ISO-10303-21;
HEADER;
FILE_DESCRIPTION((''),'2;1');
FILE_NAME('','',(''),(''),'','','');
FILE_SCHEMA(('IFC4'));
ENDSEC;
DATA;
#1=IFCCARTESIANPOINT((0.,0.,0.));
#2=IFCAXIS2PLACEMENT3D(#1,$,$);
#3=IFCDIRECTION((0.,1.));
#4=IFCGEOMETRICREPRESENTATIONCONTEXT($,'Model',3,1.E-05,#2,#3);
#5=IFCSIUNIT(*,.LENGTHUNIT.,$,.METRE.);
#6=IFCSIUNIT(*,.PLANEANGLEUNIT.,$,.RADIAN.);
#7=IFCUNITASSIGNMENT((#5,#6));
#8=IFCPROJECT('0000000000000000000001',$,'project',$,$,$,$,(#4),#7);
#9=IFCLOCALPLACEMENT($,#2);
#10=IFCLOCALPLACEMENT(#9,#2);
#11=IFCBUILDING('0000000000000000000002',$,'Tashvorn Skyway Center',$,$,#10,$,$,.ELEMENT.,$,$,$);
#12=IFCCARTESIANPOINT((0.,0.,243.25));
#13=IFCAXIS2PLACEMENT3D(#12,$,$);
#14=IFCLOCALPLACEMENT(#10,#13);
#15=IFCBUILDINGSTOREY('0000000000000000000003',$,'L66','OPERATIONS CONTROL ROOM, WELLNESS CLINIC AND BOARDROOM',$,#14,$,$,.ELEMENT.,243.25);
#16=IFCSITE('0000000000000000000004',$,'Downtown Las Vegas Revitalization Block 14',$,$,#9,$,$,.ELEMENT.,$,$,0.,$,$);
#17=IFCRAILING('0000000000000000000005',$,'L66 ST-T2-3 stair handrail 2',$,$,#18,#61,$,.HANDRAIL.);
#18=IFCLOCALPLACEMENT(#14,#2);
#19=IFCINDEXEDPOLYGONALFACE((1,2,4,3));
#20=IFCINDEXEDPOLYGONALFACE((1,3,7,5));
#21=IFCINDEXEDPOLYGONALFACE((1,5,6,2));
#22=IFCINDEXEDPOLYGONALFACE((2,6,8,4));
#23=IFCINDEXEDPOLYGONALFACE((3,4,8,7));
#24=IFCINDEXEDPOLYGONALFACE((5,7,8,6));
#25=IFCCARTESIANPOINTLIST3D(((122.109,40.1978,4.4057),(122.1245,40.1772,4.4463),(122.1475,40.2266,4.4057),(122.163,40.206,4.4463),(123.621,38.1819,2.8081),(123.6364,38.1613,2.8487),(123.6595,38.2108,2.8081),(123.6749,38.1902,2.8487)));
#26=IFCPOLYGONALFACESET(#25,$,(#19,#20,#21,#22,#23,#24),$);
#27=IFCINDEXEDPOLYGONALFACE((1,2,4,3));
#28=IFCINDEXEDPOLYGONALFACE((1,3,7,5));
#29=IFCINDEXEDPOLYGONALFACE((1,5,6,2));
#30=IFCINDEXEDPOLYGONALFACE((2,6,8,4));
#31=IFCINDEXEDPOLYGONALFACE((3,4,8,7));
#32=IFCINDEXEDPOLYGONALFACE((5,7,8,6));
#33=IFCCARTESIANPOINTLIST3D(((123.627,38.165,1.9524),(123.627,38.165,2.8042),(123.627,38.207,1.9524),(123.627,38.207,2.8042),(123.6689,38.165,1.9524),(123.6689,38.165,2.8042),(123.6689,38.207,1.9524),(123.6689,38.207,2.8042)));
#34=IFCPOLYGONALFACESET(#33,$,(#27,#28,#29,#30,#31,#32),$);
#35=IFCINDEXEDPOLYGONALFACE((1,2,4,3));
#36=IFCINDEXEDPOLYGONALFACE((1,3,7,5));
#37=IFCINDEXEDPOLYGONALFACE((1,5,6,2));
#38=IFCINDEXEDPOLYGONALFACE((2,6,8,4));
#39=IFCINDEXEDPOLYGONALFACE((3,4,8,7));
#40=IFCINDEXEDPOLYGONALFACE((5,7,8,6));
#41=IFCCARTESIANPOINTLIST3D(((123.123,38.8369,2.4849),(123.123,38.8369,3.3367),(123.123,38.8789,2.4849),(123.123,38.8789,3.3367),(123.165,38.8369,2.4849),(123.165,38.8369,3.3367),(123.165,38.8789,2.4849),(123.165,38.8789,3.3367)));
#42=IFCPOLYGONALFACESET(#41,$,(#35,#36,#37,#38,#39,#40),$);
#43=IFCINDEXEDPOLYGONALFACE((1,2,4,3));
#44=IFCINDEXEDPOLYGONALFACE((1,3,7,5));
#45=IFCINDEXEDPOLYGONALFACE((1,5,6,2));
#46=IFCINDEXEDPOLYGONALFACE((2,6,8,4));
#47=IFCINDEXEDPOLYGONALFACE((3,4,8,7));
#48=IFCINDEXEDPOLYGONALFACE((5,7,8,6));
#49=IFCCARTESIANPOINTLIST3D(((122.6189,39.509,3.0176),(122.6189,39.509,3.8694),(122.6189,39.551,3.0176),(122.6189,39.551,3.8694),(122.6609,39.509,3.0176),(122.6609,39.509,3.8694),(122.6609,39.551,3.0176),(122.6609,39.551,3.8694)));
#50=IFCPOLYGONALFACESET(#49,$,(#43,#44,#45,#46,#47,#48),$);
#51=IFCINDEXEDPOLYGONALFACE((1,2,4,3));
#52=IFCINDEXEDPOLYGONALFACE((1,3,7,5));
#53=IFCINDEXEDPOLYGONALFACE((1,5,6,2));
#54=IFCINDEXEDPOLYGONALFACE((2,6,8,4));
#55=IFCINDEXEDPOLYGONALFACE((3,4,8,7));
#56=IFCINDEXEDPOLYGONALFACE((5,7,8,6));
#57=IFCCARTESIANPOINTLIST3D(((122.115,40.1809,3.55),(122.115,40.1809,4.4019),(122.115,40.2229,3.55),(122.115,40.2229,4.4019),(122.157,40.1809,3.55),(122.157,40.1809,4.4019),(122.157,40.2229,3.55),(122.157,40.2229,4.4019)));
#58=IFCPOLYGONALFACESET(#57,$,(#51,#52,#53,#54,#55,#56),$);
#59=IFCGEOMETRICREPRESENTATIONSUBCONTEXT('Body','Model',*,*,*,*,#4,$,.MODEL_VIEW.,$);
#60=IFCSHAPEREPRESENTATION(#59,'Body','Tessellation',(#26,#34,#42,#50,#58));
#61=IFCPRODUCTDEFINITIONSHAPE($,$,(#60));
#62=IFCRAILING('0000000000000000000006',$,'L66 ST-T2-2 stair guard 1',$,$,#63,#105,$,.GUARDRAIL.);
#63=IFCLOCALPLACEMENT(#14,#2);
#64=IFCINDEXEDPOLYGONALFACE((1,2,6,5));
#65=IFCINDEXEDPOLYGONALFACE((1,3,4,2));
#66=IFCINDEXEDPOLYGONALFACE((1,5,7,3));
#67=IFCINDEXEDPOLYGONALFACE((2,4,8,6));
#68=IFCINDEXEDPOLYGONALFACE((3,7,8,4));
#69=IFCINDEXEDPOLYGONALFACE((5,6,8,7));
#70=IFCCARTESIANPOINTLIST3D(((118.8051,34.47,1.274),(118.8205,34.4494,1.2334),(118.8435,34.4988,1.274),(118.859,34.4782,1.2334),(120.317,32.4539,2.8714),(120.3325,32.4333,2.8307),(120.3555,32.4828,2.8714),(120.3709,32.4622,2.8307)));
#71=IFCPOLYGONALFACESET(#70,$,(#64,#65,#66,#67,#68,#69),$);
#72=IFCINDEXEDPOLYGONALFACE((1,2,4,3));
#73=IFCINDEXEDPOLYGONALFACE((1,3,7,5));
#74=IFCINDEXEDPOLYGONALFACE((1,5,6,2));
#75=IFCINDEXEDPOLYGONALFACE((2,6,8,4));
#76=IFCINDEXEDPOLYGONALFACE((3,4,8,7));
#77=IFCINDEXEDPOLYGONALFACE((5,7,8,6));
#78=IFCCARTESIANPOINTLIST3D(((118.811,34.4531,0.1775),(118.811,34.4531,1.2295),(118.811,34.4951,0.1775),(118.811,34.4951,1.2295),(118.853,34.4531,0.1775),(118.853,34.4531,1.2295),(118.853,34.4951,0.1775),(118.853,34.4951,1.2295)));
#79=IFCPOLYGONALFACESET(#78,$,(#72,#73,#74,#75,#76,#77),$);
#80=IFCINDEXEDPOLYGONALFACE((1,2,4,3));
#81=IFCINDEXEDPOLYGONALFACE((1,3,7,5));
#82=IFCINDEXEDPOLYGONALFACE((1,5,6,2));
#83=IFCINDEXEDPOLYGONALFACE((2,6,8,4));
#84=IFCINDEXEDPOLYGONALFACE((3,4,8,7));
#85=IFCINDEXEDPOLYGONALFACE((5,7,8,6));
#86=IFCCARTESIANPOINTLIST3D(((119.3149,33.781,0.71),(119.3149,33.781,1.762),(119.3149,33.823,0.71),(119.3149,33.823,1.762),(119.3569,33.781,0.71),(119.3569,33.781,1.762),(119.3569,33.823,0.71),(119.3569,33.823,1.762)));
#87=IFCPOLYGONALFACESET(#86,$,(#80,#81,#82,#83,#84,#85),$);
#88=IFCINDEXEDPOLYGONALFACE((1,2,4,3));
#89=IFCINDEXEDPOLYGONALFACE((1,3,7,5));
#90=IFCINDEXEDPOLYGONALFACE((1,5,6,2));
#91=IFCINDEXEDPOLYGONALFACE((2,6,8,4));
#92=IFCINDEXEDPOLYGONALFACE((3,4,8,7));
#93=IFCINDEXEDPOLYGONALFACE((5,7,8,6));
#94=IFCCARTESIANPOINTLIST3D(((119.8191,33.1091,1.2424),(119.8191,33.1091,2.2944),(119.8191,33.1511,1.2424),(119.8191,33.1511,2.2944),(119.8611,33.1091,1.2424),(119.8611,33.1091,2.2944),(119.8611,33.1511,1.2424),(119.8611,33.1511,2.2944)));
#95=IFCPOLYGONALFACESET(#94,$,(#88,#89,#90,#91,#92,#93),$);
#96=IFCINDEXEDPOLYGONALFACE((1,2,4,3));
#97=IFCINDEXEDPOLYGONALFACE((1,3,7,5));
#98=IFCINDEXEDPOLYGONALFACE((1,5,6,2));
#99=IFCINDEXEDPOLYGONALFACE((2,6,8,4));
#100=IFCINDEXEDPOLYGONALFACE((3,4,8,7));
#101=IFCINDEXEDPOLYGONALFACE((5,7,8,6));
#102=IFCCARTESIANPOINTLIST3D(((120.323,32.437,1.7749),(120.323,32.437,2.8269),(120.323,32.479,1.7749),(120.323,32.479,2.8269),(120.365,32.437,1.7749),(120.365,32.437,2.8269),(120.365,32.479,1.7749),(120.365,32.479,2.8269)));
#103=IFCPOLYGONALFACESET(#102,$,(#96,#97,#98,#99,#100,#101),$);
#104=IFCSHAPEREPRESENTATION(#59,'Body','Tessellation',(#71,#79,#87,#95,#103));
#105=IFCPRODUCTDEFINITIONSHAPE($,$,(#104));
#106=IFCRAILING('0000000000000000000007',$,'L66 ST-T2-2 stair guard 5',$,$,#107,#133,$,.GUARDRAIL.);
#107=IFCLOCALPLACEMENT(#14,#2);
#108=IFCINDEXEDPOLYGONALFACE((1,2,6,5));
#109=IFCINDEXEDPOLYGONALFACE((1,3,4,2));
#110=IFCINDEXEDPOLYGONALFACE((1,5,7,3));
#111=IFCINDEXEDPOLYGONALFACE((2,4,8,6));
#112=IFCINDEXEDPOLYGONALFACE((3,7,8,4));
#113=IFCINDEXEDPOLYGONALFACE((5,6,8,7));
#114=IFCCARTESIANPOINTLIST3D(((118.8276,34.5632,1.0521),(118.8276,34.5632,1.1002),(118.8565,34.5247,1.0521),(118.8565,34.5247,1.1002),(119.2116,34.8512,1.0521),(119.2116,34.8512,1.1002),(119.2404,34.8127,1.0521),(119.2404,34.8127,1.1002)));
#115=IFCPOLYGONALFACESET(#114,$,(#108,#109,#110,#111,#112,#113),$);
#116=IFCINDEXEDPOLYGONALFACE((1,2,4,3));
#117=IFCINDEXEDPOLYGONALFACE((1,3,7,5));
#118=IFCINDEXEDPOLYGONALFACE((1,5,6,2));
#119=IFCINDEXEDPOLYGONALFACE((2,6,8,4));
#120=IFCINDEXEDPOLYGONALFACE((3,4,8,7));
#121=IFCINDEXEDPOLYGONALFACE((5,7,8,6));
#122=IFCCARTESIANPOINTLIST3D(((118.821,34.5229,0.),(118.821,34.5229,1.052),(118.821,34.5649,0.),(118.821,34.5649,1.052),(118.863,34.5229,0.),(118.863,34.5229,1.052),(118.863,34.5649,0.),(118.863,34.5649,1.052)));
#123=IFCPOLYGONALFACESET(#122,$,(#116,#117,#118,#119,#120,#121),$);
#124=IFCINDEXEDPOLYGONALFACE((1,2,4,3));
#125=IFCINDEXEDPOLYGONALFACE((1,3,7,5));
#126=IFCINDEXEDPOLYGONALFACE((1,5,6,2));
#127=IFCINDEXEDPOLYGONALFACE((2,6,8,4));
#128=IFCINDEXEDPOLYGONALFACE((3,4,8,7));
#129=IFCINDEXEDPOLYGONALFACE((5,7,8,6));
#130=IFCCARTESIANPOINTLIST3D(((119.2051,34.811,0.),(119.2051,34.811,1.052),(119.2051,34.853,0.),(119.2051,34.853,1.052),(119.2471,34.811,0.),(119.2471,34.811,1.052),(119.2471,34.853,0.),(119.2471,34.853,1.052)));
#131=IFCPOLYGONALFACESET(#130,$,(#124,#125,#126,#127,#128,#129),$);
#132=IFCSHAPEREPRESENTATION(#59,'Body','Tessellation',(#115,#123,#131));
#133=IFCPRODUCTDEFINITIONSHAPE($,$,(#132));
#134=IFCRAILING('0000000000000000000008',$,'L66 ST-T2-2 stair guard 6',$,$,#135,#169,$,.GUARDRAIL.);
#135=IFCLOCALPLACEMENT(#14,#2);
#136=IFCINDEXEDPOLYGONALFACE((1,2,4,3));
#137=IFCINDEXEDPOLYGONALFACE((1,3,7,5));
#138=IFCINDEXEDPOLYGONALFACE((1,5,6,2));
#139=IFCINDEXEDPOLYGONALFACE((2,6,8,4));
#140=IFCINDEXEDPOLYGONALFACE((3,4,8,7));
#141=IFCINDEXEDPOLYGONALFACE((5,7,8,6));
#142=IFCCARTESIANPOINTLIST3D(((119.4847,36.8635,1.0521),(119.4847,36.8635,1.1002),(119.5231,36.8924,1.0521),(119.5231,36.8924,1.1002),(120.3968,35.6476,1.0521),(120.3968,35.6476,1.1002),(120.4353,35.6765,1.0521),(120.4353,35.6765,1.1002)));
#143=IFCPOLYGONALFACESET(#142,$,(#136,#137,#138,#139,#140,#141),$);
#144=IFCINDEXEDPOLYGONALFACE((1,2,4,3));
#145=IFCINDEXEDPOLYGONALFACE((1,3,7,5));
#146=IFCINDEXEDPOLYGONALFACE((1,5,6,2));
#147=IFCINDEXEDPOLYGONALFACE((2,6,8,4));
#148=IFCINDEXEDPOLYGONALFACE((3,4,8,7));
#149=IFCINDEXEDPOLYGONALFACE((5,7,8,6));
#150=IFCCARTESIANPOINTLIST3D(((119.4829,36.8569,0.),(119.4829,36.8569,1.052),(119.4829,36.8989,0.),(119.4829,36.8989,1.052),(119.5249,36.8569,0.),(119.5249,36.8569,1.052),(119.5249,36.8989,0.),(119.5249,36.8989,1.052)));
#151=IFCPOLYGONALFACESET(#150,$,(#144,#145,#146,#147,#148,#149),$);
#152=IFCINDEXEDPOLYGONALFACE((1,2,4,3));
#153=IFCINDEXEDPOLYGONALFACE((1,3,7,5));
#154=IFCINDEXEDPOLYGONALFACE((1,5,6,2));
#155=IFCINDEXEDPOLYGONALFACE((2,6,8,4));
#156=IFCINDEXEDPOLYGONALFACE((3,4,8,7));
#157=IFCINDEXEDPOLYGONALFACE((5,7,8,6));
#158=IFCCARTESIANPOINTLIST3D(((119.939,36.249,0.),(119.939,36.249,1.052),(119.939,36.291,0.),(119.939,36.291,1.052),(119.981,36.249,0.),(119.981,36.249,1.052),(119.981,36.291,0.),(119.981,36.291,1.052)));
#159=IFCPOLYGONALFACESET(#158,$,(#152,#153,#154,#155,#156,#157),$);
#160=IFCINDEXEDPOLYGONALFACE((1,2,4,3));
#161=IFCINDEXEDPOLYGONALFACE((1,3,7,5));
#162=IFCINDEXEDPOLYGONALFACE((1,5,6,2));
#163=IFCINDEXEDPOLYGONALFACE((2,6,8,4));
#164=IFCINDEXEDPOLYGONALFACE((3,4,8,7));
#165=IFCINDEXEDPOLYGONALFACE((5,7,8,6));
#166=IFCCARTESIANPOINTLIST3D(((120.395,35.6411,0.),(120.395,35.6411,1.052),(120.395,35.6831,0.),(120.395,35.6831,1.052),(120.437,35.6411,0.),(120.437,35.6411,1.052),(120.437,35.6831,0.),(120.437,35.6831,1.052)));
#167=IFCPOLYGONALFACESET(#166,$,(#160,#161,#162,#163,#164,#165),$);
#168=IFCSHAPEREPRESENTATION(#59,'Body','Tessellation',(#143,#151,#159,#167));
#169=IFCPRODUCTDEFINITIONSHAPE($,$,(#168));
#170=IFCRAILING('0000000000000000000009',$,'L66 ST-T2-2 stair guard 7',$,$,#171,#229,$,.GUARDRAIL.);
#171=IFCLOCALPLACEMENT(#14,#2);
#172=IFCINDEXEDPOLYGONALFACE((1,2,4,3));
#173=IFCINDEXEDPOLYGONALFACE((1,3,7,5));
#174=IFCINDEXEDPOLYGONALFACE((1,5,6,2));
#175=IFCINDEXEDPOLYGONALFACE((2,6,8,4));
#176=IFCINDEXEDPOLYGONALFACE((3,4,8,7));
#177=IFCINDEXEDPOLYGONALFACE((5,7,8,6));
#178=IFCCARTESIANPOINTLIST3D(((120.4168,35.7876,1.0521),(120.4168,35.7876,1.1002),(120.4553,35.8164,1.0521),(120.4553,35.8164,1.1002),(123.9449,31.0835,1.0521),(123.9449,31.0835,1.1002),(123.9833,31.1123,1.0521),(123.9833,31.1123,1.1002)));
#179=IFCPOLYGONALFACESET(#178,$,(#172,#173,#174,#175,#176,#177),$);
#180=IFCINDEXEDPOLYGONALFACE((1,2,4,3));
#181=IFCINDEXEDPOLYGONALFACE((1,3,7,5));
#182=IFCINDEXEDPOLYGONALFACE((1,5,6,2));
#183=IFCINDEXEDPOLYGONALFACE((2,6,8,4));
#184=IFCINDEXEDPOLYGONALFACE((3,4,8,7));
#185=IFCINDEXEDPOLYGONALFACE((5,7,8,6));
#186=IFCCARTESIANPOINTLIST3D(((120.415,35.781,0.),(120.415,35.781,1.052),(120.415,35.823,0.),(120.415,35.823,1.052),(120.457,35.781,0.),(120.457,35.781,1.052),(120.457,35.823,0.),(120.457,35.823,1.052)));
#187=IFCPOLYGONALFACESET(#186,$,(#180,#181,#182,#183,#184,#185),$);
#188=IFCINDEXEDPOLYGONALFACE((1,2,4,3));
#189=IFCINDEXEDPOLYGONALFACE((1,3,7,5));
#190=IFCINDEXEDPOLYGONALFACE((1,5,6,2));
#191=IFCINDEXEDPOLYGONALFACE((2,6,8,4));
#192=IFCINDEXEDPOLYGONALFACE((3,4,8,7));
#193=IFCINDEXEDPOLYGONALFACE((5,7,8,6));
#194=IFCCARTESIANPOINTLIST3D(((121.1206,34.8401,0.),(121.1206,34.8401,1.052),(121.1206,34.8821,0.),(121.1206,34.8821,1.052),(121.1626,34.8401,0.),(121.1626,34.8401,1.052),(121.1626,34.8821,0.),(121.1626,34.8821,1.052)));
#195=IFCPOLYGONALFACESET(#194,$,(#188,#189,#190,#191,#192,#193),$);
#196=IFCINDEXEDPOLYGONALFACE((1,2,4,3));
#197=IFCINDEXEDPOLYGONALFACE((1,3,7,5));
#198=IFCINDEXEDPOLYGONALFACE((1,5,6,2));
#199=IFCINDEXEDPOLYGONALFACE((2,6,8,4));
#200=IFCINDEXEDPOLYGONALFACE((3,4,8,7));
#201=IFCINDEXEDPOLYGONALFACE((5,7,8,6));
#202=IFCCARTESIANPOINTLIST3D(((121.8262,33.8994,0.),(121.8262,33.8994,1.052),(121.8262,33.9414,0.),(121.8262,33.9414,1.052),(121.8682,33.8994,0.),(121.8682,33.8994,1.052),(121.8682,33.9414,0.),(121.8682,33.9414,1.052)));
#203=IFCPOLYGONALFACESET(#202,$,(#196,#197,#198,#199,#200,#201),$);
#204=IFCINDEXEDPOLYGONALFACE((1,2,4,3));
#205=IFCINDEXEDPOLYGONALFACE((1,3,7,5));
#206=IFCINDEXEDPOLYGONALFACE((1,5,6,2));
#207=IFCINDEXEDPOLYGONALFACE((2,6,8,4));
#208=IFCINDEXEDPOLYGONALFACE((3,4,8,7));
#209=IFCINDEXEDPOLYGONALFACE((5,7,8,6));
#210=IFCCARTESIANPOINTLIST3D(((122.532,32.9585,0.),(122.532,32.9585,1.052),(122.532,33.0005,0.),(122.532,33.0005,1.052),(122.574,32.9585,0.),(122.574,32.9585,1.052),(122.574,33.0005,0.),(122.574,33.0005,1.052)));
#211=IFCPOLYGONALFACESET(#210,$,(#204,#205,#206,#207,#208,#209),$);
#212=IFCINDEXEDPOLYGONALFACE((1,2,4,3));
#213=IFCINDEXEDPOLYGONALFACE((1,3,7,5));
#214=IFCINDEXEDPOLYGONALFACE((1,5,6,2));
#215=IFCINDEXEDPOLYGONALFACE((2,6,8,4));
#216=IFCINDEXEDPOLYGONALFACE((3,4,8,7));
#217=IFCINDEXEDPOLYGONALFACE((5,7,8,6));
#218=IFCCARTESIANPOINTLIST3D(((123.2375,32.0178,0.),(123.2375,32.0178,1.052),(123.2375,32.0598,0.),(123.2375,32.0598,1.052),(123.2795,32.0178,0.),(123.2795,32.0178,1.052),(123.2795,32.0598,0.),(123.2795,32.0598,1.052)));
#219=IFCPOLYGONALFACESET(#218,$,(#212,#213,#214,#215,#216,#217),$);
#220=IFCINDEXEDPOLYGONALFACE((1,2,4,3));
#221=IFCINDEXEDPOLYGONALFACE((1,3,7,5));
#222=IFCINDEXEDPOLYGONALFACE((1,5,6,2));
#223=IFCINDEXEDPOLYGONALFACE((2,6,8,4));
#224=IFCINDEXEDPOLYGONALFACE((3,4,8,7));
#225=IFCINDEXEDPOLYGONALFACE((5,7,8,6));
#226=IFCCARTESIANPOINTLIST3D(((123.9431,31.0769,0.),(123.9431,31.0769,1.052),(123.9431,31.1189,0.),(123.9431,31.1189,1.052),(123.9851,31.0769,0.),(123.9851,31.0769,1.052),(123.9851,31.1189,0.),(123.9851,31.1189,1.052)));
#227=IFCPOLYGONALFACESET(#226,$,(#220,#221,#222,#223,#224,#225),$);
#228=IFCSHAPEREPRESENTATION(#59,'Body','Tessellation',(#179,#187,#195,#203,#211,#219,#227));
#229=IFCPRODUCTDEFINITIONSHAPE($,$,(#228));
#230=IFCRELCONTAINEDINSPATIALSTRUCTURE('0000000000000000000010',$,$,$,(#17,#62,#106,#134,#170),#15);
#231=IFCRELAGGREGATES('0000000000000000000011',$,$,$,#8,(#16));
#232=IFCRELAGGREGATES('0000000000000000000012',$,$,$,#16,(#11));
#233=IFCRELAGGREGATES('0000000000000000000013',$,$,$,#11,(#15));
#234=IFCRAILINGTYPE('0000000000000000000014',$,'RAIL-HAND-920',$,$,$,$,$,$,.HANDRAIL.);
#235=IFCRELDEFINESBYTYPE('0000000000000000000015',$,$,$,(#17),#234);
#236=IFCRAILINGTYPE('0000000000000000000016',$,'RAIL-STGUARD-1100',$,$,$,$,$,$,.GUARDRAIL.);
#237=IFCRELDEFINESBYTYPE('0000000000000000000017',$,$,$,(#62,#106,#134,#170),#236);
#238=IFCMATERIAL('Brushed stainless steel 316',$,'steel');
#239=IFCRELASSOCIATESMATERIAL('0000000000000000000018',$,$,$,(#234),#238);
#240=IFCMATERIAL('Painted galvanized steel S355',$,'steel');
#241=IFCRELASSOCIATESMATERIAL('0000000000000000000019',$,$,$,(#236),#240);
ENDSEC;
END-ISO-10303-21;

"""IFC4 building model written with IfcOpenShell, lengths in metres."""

from ifc_helpers import new_model, si_unit, direction, frame, origin, origin_2d, place, context, subcontext, project, spatial, rectangle, extrude, material, type_object, element, save


model = new_model("IFC4")

# Units and contexts
model_context = context("Model", 3, precision=1e-05, world=origin(), true_north=direction((0.0, 1.0)))
body_context = subcontext(model_context, "Body", "Model", "MODEL_VIEW")
ifc_project = project(units=[si_unit("LENGTHUNIT", "METRE"), si_unit("PLANEANGLEUNIT", "RADIAN")], contexts=[model_context])

# Site, building, storey
site_placement = place(None, origin())
site = spatial("IfcSite", under=ifc_project, at=site_placement, Name="Downtown Las Vegas Revitalization Block 14", CompositionType="ELEMENT", RefElevation=0.0)
building_placement = place(site_placement, origin())
building = spatial("IfcBuilding", under=site, at=building_placement, Name="Tashvorn Skyway Center", CompositionType="ELEMENT")
storey_placement = place(building_placement, frame((0.0, 0.0, 243.25)))
storey = spatial("IfcBuildingStorey", under=building, at=storey_placement, Name="L66", Description="OPERATIONS CONTROL ROOM, WELLNESS CLINIC AND BOARDROOM", CompositionType="ELEMENT", Elevation=243.25)

# Railings
ifc_material_1 = material(Name="Brushed stainless steel 316", Category="steel")
railing_type_1 = type_object("IfcRailingType", Name="RAIL-HAND-920", PredefinedType="HANDRAIL", material=ifc_material_1)
railing_1_placement = place(storey_placement, frame((123.6479, 38.186, 1.9524)))
element("IfcRailing", 1, at=railing_1_placement, inside=storey, type_object=railing_type_1, Name="L66 ST-T2-3 stair handrail 2", PredefinedType="HANDRAIL", context=body_context, shape_type="SweptSolid", body=[
    extrude(rectangle(XDim=0.0481, YDim=0.0481, at=origin_2d()), frame((0.0, 0.0, 0.876), z_axis=(-0.506747, 0.675635, 0.535467), x_axis=(-0.799988, -0.600016, 0.0)), (0.0, 0.0, 1.0), 2.9836),
    extrude(rectangle(XDim=0.042, YDim=0.042, at=origin_2d()), origin(), (0.0, 0.0, 1.0), 0.8518),
    extrude(rectangle(XDim=0.042, YDim=0.042, at=origin_2d()), frame((-0.5039, 0.6719, 0.5325)), (0.0, 0.0, 1.0), 0.8518),
    extrude(rectangle(XDim=0.042, YDim=0.042, at=origin_2d()), frame((-1.0081, 1.344, 1.0652)), (0.0, 0.0, 1.0), 0.8518),
    extrude(rectangle(XDim=0.042, YDim=0.042, at=origin_2d()), frame((-1.512, 2.0159, 1.5977)), (0.0, 0.0, 1.0), 0.8518),
])
ifc_material_2 = material(Name="Painted galvanized steel S355", Category="steel")
railing_type_2 = type_object("IfcRailingType", Name="RAIL-STGUARD-1100", PredefinedType="GUARDRAIL", material=ifc_material_2)
railing_2_placement = place(storey_placement, frame((118.832, 34.4741, 0.1775)))
element("IfcRailing", 2, at=railing_2_placement, inside=storey, type_object=railing_type_2, Name="L66 ST-T2-2 stair guard 1", PredefinedType="GUARDRAIL", context=body_context, shape_type="SweptSolid", body=[
    extrude(rectangle(XDim=0.0481, YDim=0.0481, at=origin_2d()), frame((0.0, 0.0, 1.0762), z_axis=(0.506741, -0.675709, 0.535379), x_axis=(0.800023, 0.599969, 0.0)), (0.0, 0.0, 1.0), 2.9836),
    extrude(rectangle(XDim=0.042, YDim=0.042, at=origin_2d()), origin(), (0.0, 0.0, 1.0), 1.052),
    extrude(rectangle(XDim=0.042, YDim=0.042, at=origin_2d()), frame((0.5039, -0.6721, 0.5325)), (0.0, 0.0, 1.0), 1.052),
    extrude(rectangle(XDim=0.042, YDim=0.042, at=origin_2d()), frame((1.0081, -1.344, 1.0649)), (0.0, 0.0, 1.0), 1.052),
    extrude(rectangle(XDim=0.042, YDim=0.042, at=origin_2d()), frame((1.512, -2.0161, 1.5974)), (0.0, 0.0, 1.0), 1.052),
])
railing_3_placement = place(storey_placement, frame((118.842, 34.5439, 0.0)))
element("IfcRailing", 3, at=railing_3_placement, inside=storey, type_object=railing_type_2, Name="L66 ST-T2-2 stair guard 5", PredefinedType="GUARDRAIL", context=body_context, shape_type="SweptSolid", body=[
    extrude(rectangle(XDim=0.0481, YDim=0.0481, at=origin_2d()), frame((0.0, 0.0, 1.0762), z_axis=(0.799939, 0.600081, 0.0), x_axis=(-0.600081, 0.799939, 0.0)), (0.0, 0.0, 1.0), 0.48),
    extrude(rectangle(XDim=0.042, YDim=0.042, at=origin_2d()), origin(), (0.0, 0.0, 1.0), 1.052),
    extrude(rectangle(XDim=0.042, YDim=0.042, at=origin_2d()), frame((0.384, 0.2881, 0.0)), (0.0, 0.0, 1.0), 1.052),
])
railing_4_placement = place(storey_placement, frame((119.5039, 36.8779, 0.0)))
element("IfcRailing", 4, at=railing_4_placement, inside=storey, type_object=railing_type_2, Name="L66 ST-T2-2 stair guard 6", PredefinedType="GUARDRAIL", context=body_context, shape_type="SweptSolid", body=[
    extrude(rectangle(XDim=0.0481, YDim=0.0481, at=origin_2d()), frame((0.0, 0.0, 1.0762), z_axis=(0.600103, -0.799923, 0.0), x_axis=(0.799923, 0.600103, 0.0)), (0.0, 0.0, 1.0), 1.52),
    extrude(rectangle(XDim=0.042, YDim=0.042, at=origin_2d()), origin(), (0.0, 0.0, 1.0), 1.052),
    extrude(rectangle(XDim=0.042, YDim=0.042, at=origin_2d()), frame((0.4561, -0.6079, 0.0)), (0.0, 0.0, 1.0), 1.052),
    extrude(rectangle(XDim=0.042, YDim=0.042, at=origin_2d()), frame((0.9121, -1.2158, 0.0)), (0.0, 0.0, 1.0), 1.052),
])
railing_5_placement = place(storey_placement, frame((120.436, 35.802, 0.0)))
element("IfcRailing", 5, at=railing_5_placement, inside=storey, type_object=railing_type_2, Name="L66 ST-T2-2 stair guard 7", PredefinedType="GUARDRAIL", context=body_context, shape_type="SweptSolid", body=[
    extrude(rectangle(XDim=0.0481, YDim=0.0481, at=origin_2d()), frame((0.0, 0.0, 1.0762), z_axis=(0.6, -0.8, 0.0), x_axis=(0.8, 0.6, 0.0)), (0.0, 0.0, 1.0), 5.8801),
    extrude(rectangle(XDim=0.042, YDim=0.042, at=origin_2d()), origin(), (0.0, 0.0, 1.0), 1.052),
    extrude(rectangle(XDim=0.042, YDim=0.042, at=origin_2d()), frame((0.7056, -0.9409, 0.0)), (0.0, 0.0, 1.0), 1.052),
    extrude(rectangle(XDim=0.042, YDim=0.042, at=origin_2d()), frame((1.4111, -1.8816, 0.0)), (0.0, 0.0, 1.0), 1.052),
    extrude(rectangle(XDim=0.042, YDim=0.042, at=origin_2d()), frame((2.1169, -2.8225, 0.0)), (0.0, 0.0, 1.0), 1.052),
    extrude(rectangle(XDim=0.042, YDim=0.042, at=origin_2d()), frame((2.8225, -3.7632, 0.0)), (0.0, 0.0, 1.0), 1.052),
    extrude(rectangle(XDim=0.042, YDim=0.042, at=origin_2d()), frame((3.5281, -4.7041, 0.0)), (0.0, 0.0, 1.0), 1.052),
])

save(model, "model.ifc")
